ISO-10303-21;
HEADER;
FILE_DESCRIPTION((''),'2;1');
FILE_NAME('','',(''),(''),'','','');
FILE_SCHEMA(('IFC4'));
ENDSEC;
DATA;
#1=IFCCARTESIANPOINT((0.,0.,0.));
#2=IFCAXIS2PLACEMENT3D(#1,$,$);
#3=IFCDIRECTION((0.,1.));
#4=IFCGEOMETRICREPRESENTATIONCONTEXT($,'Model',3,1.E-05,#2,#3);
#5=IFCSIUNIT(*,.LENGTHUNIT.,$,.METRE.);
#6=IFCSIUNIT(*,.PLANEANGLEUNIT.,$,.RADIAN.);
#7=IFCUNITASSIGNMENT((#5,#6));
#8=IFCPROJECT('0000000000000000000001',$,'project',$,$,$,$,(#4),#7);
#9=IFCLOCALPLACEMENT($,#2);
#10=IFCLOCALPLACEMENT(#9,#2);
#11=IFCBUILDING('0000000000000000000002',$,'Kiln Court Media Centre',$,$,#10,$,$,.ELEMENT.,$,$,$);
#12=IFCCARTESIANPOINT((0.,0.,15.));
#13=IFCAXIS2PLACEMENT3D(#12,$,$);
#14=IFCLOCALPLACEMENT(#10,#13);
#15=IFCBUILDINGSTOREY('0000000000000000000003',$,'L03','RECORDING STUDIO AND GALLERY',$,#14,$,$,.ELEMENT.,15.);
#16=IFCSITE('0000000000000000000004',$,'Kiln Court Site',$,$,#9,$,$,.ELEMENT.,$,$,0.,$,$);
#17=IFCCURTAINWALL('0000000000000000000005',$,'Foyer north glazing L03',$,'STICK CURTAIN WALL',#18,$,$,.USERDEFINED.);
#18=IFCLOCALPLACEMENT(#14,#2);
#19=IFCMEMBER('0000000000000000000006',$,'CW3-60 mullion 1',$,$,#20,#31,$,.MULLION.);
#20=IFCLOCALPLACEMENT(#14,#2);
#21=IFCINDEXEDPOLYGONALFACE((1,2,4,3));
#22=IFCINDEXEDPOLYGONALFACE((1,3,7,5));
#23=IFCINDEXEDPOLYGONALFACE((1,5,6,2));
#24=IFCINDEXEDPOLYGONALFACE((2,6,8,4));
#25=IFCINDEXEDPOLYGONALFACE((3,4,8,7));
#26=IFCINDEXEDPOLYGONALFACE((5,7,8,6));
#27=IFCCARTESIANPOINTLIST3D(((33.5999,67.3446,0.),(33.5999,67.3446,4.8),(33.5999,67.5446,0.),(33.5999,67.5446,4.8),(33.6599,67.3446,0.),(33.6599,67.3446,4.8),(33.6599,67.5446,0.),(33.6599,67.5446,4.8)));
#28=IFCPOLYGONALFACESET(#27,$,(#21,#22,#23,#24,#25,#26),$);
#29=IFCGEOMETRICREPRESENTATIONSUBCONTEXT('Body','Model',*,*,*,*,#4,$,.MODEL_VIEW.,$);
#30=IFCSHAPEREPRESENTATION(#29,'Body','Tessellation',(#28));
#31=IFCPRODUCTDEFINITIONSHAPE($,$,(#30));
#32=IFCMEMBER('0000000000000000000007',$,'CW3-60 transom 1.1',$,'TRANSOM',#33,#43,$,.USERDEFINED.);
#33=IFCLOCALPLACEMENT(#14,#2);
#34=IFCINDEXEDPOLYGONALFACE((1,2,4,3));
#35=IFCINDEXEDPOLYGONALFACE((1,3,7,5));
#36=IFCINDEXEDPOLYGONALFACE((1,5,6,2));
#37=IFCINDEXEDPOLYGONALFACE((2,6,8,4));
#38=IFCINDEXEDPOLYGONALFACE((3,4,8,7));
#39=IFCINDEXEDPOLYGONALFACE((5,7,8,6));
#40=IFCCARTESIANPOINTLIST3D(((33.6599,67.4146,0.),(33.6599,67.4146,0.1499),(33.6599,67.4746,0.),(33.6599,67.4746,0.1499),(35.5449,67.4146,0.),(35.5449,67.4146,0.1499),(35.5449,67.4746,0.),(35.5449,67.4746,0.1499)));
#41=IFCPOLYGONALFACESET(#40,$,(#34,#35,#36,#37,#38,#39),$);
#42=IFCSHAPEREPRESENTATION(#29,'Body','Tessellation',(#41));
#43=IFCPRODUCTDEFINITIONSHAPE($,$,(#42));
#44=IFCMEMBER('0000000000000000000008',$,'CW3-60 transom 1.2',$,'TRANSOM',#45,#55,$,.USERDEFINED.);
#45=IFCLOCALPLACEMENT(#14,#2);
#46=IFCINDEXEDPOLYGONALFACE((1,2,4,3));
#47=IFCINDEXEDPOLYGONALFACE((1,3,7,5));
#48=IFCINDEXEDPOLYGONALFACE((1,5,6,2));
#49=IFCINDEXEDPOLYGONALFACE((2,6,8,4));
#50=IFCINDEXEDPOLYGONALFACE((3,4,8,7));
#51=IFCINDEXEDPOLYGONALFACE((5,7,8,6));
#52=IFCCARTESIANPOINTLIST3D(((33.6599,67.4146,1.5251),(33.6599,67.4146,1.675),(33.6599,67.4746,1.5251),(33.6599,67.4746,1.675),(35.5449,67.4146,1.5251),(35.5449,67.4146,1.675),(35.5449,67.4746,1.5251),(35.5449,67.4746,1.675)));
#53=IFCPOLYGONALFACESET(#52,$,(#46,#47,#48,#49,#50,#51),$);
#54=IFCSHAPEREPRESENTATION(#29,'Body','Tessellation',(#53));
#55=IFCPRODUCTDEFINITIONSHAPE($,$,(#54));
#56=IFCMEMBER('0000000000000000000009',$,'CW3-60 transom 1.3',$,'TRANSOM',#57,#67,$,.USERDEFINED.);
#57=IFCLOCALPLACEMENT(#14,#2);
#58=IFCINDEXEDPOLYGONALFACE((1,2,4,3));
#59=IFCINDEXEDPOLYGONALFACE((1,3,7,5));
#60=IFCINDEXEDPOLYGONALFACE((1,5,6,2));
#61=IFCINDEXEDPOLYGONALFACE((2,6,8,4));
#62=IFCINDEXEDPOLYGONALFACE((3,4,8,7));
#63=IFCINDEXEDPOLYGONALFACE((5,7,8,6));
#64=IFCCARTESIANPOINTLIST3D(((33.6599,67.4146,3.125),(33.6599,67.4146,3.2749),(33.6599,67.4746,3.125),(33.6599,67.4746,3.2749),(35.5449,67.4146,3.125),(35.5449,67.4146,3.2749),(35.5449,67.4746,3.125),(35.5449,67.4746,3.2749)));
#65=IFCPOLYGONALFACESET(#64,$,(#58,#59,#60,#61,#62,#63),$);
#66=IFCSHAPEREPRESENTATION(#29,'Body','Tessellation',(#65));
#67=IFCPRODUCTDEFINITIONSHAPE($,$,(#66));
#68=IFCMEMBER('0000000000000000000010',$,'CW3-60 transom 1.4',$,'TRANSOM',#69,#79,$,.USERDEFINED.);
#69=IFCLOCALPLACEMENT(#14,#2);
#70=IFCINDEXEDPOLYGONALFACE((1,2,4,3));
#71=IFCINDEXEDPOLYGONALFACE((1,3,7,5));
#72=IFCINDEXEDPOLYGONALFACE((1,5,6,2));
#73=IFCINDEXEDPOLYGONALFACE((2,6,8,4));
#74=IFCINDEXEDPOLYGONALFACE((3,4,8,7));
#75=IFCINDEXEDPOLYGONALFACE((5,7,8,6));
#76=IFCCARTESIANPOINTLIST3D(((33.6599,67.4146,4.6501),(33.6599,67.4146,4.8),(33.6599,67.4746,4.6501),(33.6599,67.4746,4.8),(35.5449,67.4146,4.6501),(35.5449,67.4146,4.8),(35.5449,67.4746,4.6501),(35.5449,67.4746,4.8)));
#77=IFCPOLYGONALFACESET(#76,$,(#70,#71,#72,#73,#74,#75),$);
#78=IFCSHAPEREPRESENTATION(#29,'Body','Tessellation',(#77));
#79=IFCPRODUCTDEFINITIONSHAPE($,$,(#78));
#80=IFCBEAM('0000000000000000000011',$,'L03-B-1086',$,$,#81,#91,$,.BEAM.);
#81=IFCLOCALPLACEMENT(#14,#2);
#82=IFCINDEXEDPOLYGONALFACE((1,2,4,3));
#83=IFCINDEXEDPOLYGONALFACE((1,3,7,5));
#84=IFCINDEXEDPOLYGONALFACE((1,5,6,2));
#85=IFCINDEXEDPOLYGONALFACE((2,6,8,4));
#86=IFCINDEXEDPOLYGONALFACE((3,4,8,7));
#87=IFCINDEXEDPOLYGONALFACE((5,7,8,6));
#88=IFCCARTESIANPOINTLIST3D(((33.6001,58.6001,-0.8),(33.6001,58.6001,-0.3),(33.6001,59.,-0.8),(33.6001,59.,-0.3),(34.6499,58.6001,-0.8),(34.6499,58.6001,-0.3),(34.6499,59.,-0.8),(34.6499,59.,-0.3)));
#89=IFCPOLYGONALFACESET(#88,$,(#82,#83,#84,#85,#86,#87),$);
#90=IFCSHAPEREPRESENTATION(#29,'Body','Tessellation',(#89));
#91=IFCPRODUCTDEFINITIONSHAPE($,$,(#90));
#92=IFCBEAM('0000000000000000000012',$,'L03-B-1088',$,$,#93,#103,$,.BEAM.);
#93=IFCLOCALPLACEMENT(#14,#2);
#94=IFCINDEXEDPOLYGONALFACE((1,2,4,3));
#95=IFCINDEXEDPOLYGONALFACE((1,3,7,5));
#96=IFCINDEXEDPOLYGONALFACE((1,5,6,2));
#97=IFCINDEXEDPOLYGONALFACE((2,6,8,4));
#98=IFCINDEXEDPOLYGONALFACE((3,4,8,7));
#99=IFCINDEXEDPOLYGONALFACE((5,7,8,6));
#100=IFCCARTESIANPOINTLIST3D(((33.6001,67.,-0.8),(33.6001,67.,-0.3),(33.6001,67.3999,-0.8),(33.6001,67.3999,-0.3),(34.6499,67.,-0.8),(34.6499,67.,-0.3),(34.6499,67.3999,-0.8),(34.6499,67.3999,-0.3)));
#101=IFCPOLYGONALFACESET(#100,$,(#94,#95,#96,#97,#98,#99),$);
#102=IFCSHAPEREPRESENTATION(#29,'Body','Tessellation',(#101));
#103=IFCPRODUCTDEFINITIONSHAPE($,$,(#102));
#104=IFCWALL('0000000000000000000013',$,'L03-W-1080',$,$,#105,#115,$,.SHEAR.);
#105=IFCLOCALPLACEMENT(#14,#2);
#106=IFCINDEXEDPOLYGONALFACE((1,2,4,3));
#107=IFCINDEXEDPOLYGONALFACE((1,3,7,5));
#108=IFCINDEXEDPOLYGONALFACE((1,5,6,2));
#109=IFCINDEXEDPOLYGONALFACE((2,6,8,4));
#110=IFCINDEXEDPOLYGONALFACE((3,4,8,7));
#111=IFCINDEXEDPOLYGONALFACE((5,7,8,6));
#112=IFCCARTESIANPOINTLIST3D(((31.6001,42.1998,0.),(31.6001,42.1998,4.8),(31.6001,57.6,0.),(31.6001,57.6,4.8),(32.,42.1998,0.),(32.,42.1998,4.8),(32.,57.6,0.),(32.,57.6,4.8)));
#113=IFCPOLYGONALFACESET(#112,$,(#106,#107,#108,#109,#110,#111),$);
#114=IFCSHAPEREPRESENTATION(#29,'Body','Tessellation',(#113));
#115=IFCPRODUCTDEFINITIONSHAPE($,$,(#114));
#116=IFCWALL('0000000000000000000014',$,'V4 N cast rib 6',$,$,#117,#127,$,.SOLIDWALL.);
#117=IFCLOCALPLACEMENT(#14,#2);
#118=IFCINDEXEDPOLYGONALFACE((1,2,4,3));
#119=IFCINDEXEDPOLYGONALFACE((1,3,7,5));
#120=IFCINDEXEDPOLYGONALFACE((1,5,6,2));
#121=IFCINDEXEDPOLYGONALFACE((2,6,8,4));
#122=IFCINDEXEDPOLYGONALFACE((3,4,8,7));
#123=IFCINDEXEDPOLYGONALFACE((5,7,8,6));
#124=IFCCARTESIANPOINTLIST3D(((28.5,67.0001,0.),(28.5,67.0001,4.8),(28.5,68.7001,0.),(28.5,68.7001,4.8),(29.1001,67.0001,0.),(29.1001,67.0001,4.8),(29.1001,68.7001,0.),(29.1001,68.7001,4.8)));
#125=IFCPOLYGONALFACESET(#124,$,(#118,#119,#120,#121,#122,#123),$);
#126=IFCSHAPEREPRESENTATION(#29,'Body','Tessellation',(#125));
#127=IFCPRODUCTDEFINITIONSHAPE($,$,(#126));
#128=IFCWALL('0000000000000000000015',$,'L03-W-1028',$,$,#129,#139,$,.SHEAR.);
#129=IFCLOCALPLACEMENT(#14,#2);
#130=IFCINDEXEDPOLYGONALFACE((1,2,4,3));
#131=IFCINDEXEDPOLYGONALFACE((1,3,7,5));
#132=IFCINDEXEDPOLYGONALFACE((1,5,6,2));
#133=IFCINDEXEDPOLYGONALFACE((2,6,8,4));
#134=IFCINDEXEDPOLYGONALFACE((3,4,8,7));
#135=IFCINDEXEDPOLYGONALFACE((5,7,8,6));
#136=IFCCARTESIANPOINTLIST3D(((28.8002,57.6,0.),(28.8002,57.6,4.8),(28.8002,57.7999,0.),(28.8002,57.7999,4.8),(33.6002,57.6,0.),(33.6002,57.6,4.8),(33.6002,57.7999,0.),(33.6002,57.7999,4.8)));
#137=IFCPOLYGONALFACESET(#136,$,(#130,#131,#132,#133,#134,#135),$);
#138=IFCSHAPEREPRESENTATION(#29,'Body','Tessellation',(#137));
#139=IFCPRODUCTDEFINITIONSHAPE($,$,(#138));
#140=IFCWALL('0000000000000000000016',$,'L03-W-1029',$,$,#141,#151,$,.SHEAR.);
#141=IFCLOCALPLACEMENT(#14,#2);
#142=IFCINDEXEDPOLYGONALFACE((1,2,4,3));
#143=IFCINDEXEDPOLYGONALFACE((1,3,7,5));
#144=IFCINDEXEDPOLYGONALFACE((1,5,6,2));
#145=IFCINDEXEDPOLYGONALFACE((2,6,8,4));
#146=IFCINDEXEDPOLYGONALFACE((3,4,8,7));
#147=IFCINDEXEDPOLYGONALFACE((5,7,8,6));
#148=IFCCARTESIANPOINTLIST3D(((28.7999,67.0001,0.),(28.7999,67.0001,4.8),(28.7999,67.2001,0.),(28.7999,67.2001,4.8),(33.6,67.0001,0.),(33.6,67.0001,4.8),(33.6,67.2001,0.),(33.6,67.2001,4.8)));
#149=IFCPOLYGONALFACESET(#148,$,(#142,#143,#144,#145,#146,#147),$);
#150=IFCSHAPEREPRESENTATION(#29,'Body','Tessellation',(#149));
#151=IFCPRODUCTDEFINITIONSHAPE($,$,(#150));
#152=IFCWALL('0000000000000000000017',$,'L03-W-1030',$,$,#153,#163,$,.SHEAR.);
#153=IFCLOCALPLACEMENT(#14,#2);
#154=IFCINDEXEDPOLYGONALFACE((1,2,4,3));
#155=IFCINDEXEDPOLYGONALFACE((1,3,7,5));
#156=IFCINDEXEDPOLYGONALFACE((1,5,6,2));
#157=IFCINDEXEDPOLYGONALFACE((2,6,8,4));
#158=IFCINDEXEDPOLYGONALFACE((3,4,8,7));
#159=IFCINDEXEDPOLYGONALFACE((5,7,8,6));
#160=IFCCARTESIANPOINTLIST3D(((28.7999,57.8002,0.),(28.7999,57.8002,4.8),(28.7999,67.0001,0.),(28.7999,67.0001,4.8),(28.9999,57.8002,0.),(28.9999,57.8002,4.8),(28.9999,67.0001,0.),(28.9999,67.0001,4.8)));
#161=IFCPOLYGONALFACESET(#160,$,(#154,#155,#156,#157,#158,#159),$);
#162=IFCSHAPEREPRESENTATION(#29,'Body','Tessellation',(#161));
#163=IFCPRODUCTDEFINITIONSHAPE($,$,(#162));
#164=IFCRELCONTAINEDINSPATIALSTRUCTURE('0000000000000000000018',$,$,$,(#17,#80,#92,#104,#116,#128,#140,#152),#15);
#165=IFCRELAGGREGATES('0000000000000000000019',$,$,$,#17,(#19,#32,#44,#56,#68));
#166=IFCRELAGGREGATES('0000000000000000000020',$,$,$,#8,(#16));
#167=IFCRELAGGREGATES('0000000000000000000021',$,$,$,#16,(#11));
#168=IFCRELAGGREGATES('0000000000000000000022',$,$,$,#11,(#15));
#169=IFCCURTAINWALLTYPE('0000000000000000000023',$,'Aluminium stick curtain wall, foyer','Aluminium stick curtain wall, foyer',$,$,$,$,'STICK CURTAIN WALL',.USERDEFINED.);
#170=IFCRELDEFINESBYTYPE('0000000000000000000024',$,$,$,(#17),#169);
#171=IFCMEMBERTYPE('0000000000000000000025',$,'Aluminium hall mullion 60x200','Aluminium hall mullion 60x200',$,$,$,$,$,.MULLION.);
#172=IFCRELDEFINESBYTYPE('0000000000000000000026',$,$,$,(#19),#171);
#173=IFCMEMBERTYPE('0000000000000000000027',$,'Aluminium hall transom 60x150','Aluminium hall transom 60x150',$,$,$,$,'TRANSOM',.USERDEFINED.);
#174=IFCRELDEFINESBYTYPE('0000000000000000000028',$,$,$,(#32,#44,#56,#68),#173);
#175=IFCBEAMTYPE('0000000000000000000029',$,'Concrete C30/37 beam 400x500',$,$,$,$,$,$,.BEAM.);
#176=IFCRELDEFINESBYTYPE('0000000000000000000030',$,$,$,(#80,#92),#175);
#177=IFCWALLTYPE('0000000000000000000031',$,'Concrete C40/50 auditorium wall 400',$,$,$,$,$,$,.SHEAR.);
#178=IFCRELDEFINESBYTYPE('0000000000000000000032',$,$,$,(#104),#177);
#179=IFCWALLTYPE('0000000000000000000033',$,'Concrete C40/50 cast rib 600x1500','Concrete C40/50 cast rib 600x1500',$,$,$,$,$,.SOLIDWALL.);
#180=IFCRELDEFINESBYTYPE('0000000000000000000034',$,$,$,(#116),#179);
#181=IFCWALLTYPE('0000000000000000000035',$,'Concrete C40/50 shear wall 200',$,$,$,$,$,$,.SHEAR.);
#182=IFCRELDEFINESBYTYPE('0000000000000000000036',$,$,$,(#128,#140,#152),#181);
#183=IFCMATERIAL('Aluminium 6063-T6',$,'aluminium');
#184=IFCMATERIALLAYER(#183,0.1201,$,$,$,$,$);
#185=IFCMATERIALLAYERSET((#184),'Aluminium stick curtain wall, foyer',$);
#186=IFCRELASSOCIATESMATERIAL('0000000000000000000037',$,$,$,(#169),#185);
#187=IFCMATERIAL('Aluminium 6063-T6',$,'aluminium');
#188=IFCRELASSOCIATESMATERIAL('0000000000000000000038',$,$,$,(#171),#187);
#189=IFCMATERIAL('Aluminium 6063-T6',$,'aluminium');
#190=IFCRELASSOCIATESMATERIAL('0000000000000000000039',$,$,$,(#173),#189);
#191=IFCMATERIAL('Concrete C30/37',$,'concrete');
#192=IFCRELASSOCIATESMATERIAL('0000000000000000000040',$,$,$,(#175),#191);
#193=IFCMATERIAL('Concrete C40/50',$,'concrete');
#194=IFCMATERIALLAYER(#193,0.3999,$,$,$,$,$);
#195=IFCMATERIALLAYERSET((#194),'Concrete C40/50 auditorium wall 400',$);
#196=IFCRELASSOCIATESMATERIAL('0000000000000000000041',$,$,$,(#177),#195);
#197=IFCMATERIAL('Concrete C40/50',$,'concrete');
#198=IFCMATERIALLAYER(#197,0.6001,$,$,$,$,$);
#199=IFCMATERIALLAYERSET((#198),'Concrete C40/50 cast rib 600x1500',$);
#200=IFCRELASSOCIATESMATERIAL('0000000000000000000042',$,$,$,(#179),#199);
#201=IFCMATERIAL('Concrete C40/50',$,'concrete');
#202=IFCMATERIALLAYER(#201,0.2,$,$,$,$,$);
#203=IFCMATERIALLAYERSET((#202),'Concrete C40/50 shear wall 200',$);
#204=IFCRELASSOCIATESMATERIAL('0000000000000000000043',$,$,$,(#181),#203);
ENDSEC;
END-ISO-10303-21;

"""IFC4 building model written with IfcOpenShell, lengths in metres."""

from ifc_helpers import new_model, si_unit, direction, frame, frame_2d, origin, origin_2d, place, context, subcontext, project, spatial, rectangle, extrude, material, layer, layer_set, material_profile, profile_set, type_object, element, aggregate, save


model = new_model("IFC4")

# Units and contexts
model_context = context("Model", 3, precision=1e-05, world=origin(), true_north=direction((0.0, 1.0)))
body_context = subcontext(model_context, "Body", "Model", "MODEL_VIEW")
ifc_project = project(units=[si_unit("LENGTHUNIT", "METRE"), si_unit("PLANEANGLEUNIT", "RADIAN")], contexts=[model_context])

# Site, building, storey
site_placement = place(None, origin())
site = spatial("IfcSite", under=ifc_project, at=site_placement, Name="Kiln Court Site", CompositionType="ELEMENT", RefElevation=0.0)
building_placement = place(site_placement, origin())
building = spatial("IfcBuilding", under=site, at=building_placement, Name="Kiln Court Media Centre", CompositionType="ELEMENT")
storey_placement = place(building_placement, frame((0.0, 0.0, 15.0)))
storey = spatial("IfcBuildingStorey", under=building, at=storey_placement, Name="L03", Description="RECORDING STUDIO AND GALLERY", CompositionType="ELEMENT", Elevation=15.0)

# Curtain wall, members
ifc_material_1 = material(Name="Aluminium 6063-T6", Category="aluminium")
ifc_layer_1 = layer(ifc_material_1, 0.1201)
ifc_layer_set_1 = layer_set([ifc_layer_1], Name="Aluminium stick curtain wall, foyer")
curtain_wall_type = type_object("IfcCurtainWallType", Name="Aluminium stick curtain wall, foyer", Description="Aluminium stick curtain wall, foyer", ElementType="STICK CURTAIN WALL", PredefinedType="USERDEFINED", material=ifc_layer_set_1)
curtain_wall_placement = place(storey_placement, origin())
curtain_wall = element("IfcCurtainWall", 1, at=curtain_wall_placement, inside=storey, type_object=curtain_wall_type, Name="Foyer north glazing L03", ObjectType="STICK CURTAIN WALL", PredefinedType="USERDEFINED")
ifc_material_2 = material(Name="Aluminium 6063-T6", Category="aluminium")
ifc_material_profile_1 = material_profile(ifc_material_2, rectangle(XDim=0.0601, YDim=0.2, at=origin_2d()), Name="Aluminium hall mullion 60x200")
ifc_profile_set_1 = profile_set([ifc_material_profile_1], Name="Aluminium 6063-T6")
member_type_1 = type_object("IfcMemberType", Name="Aluminium hall mullion 60x200", Description="Aluminium hall mullion 60x200", PredefinedType="MULLION", material=ifc_profile_set_1)
member_1_placement = place(storey_placement, frame((33.6299, 67.4446, 0.0), z_axis=(0.0, 0.0, 1.0), x_axis=(1.0, 0.0, 0.0)))
member_1 = element("IfcMember", 2, at=member_1_placement, type_object=member_type_1, Name="CW3-60 mullion 1", PredefinedType="MULLION", context=body_context, shape_type="SweptSolid", body=[
    extrude(rectangle(XDim=0.0601, YDim=0.2, at=origin_2d()), origin(), (0.0, 0.0, 1.0), 4.8),
])
ifc_material_3 = material(Name="Aluminium 6063-T6", Category="aluminium")
ifc_material_profile_2 = material_profile(ifc_material_3, rectangle(XDim=0.0601, YDim=0.1499, at=origin_2d()), Name="Aluminium hall transom 60x150")
ifc_profile_set_2 = profile_set([ifc_material_profile_2], Name="Aluminium 6063-T6")
member_type_2 = type_object("IfcMemberType", Name="Aluminium hall transom 60x150", Description="Aluminium hall transom 60x150", ElementType="TRANSOM", PredefinedType="USERDEFINED", material=ifc_profile_set_2)
member_2_placement = place(storey_placement, frame((33.6599, 67.4446, 0.075), z_axis=(1.0, 0.0, 0.0), x_axis=(0.0, 1.0, 0.0)))
member_2 = element("IfcMember", 3, at=member_2_placement, type_object=member_type_2, Name="CW3-60 transom 1.1", ObjectType="TRANSOM", PredefinedType="USERDEFINED", context=body_context, shape_type="SweptSolid", body=[
    extrude(rectangle(XDim=0.0601, YDim=0.1499, at=origin_2d()), origin(), (0.0, 0.0, 1.0), 1.885),
])
member_3_placement = place(storey_placement, frame((33.6599, 67.4446, 1.6001), z_axis=(1.0, 0.0, 0.0), x_axis=(0.0, 1.0, 0.0)))
member_3 = element("IfcMember", 4, at=member_3_placement, type_object=member_type_2, Name="CW3-60 transom 1.2", ObjectType="TRANSOM", PredefinedType="USERDEFINED", context=body_context, shape_type="SweptSolid", body=[
    extrude(rectangle(XDim=0.0601, YDim=0.1499, at=origin_2d()), origin(), (0.0, 0.0, 1.0), 1.885),
])
member_4_placement = place(storey_placement, frame((33.6599, 67.4446, 3.2), z_axis=(1.0, 0.0, 0.0), x_axis=(0.0, 1.0, 0.0)))
member_4 = element("IfcMember", 5, at=member_4_placement, type_object=member_type_2, Name="CW3-60 transom 1.3", ObjectType="TRANSOM", PredefinedType="USERDEFINED", context=body_context, shape_type="SweptSolid", body=[
    extrude(rectangle(XDim=0.0601, YDim=0.1499, at=origin_2d()), origin(), (0.0, 0.0, 1.0), 1.885),
])
member_5_placement = place(storey_placement, frame((33.6599, 67.4446, 4.7251), z_axis=(1.0, 0.0, 0.0), x_axis=(0.0, 1.0, 0.0)))
member_5 = element("IfcMember", 6, at=member_5_placement, type_object=member_type_2, Name="CW3-60 transom 1.4", ObjectType="TRANSOM", PredefinedType="USERDEFINED", context=body_context, shape_type="SweptSolid", body=[
    extrude(rectangle(XDim=0.0601, YDim=0.1499, at=origin_2d()), origin(), (0.0, 0.0, 1.0), 1.885),
])
aggregate(curtain_wall, [member_1, member_2, member_3, member_4, member_5])

# Beams
ifc_material_4 = material(Name="Concrete C30/37", Category="concrete")
ifc_material_profile_3 = material_profile(ifc_material_4, rectangle(XDim=0.3999, YDim=0.5, at=origin_2d()), Name="RC 400x500")
ifc_profile_set_3 = profile_set([ifc_material_profile_3], Name="Concrete C30/37")
beam_type = type_object("IfcBeamType", Name="Concrete C30/37 beam 400x500", PredefinedType="BEAM", material=ifc_profile_set_3)
for number, where, z_axis, x_axis, name in (
    (7, (33.6001, 58.8, -0.55), (1.0, 0.0, 0.0), (0.0, 1.0, 0.0), "L03-B-1086"),
    (8, (33.6001, 67.2, -0.55), (1.0, 0.0, 0.0), (0.0, 1.0, 0.0), "L03-B-1088"),
):
    element("IfcBeam", number, at=place(storey_placement, frame(where, z_axis=z_axis, x_axis=x_axis)), inside=storey, type_object=beam_type, Name=name, PredefinedType="BEAM", context=body_context, shape_type="SweptSolid", body=[
        extrude(rectangle(XDim=0.3999, YDim=0.5, at=origin_2d()), origin(), (0.0, 0.0, 1.0), 1.0498),
    ])

# Walls
ifc_material_5 = material(Name="Concrete C40/50", Category="concrete")
ifc_layer_2 = layer(ifc_material_5, 0.3999)
ifc_layer_set_2 = layer_set([ifc_layer_2], Name="Concrete C40/50 auditorium wall 400")
wall_type_1 = type_object("IfcWallType", Name="Concrete C40/50 auditorium wall 400", PredefinedType="SHEAR", material=ifc_layer_set_2)
wall_1_placement = place(storey_placement, frame((31.8, 57.6001, 0.0), z_axis=(0.0, 0.0, 1.0), x_axis=(0.0, -1.0, 0.0)))
element("IfcWall", 9, at=wall_1_placement, inside=storey, type_object=wall_type_1, Name="L03-W-1080", PredefinedType="SHEAR", context=body_context, shape_type="SweptSolid", body=[
    extrude(rectangle(XDim=15.4001, YDim=0.3999, at=frame_2d((7.7002, 0.0))), origin(), (0.0, 0.0, 1.0), 4.8),
])
ifc_material_6 = material(Name="Concrete C40/50", Category="concrete")
ifc_layer_3 = layer(ifc_material_6, 0.6001)
ifc_layer_set_3 = layer_set([ifc_layer_3], Name="Concrete C40/50 cast rib 600x1500")
wall_type_2 = type_object("IfcWallType", Name="Concrete C40/50 cast rib 600x1500", Description="Concrete C40/50 cast rib 600x1500", PredefinedType="SOLIDWALL", material=ifc_layer_set_3)
wall_2_placement = place(storey_placement, frame((28.8, 67.0, 0.0), z_axis=(0.0, 0.0, 1.0), x_axis=(0.0, 1.0, 0.0)))
element("IfcWall", 10, at=wall_2_placement, inside=storey, type_object=wall_type_2, Name="V4 N cast rib 6", PredefinedType="SOLIDWALL", context=body_context, shape_type="SweptSolid", body=[
    extrude(rectangle(XDim=1.7, YDim=0.6001, at=frame_2d((0.8501, 0.0))), origin(), (0.0, 0.0, 1.0), 4.8),
])
ifc_material_7 = material(Name="Concrete C40/50", Category="concrete")
ifc_layer_4 = layer(ifc_material_7, 0.2)
ifc_layer_set_4 = layer_set([ifc_layer_4], Name="Concrete C40/50 shear wall 200")
wall_type_3 = type_object("IfcWallType", Name="Concrete C40/50 shear wall 200", PredefinedType="SHEAR", material=ifc_layer_set_4)
for number, where, z_axis, x_axis, name in (
    (11, (33.6001, 57.7, 0.0), (0.0, 0.0, 1.0), (-1.0, 0.0, 0.0), "L03-W-1028"),
    (12, (28.8, 67.1001, 0.0), (0.0, 0.0, 1.0), (1.0, 0.0, 0.0), "L03-W-1029"),
):
    element("IfcWall", number, at=place(storey_placement, frame(where, z_axis=z_axis, x_axis=x_axis)), inside=storey, type_object=wall_type_3, Name=name, PredefinedType="SHEAR", context=body_context, shape_type="SweptSolid", body=[
        extrude(rectangle(XDim=4.8, YDim=0.2, at=frame_2d((2.3999, 0.0))), origin(), (0.0, 0.0, 1.0), 4.8),
    ])
wall_3_placement = place(storey_placement, frame((28.8999, 57.8, 0.0), z_axis=(0.0, 0.0, 1.0), x_axis=(0.0, 1.0, 0.0)))
element("IfcWall", 13, at=wall_3_placement, inside=storey, type_object=wall_type_3, Name="L03-W-1030", PredefinedType="SHEAR", context=body_context, shape_type="SweptSolid", body=[
    extrude(rectangle(XDim=9.2, YDim=0.2, at=frame_2d((4.6001, 0.0))), origin(), (0.0, 0.0, 1.0), 4.8),
])

save(model, "model.ifc")
